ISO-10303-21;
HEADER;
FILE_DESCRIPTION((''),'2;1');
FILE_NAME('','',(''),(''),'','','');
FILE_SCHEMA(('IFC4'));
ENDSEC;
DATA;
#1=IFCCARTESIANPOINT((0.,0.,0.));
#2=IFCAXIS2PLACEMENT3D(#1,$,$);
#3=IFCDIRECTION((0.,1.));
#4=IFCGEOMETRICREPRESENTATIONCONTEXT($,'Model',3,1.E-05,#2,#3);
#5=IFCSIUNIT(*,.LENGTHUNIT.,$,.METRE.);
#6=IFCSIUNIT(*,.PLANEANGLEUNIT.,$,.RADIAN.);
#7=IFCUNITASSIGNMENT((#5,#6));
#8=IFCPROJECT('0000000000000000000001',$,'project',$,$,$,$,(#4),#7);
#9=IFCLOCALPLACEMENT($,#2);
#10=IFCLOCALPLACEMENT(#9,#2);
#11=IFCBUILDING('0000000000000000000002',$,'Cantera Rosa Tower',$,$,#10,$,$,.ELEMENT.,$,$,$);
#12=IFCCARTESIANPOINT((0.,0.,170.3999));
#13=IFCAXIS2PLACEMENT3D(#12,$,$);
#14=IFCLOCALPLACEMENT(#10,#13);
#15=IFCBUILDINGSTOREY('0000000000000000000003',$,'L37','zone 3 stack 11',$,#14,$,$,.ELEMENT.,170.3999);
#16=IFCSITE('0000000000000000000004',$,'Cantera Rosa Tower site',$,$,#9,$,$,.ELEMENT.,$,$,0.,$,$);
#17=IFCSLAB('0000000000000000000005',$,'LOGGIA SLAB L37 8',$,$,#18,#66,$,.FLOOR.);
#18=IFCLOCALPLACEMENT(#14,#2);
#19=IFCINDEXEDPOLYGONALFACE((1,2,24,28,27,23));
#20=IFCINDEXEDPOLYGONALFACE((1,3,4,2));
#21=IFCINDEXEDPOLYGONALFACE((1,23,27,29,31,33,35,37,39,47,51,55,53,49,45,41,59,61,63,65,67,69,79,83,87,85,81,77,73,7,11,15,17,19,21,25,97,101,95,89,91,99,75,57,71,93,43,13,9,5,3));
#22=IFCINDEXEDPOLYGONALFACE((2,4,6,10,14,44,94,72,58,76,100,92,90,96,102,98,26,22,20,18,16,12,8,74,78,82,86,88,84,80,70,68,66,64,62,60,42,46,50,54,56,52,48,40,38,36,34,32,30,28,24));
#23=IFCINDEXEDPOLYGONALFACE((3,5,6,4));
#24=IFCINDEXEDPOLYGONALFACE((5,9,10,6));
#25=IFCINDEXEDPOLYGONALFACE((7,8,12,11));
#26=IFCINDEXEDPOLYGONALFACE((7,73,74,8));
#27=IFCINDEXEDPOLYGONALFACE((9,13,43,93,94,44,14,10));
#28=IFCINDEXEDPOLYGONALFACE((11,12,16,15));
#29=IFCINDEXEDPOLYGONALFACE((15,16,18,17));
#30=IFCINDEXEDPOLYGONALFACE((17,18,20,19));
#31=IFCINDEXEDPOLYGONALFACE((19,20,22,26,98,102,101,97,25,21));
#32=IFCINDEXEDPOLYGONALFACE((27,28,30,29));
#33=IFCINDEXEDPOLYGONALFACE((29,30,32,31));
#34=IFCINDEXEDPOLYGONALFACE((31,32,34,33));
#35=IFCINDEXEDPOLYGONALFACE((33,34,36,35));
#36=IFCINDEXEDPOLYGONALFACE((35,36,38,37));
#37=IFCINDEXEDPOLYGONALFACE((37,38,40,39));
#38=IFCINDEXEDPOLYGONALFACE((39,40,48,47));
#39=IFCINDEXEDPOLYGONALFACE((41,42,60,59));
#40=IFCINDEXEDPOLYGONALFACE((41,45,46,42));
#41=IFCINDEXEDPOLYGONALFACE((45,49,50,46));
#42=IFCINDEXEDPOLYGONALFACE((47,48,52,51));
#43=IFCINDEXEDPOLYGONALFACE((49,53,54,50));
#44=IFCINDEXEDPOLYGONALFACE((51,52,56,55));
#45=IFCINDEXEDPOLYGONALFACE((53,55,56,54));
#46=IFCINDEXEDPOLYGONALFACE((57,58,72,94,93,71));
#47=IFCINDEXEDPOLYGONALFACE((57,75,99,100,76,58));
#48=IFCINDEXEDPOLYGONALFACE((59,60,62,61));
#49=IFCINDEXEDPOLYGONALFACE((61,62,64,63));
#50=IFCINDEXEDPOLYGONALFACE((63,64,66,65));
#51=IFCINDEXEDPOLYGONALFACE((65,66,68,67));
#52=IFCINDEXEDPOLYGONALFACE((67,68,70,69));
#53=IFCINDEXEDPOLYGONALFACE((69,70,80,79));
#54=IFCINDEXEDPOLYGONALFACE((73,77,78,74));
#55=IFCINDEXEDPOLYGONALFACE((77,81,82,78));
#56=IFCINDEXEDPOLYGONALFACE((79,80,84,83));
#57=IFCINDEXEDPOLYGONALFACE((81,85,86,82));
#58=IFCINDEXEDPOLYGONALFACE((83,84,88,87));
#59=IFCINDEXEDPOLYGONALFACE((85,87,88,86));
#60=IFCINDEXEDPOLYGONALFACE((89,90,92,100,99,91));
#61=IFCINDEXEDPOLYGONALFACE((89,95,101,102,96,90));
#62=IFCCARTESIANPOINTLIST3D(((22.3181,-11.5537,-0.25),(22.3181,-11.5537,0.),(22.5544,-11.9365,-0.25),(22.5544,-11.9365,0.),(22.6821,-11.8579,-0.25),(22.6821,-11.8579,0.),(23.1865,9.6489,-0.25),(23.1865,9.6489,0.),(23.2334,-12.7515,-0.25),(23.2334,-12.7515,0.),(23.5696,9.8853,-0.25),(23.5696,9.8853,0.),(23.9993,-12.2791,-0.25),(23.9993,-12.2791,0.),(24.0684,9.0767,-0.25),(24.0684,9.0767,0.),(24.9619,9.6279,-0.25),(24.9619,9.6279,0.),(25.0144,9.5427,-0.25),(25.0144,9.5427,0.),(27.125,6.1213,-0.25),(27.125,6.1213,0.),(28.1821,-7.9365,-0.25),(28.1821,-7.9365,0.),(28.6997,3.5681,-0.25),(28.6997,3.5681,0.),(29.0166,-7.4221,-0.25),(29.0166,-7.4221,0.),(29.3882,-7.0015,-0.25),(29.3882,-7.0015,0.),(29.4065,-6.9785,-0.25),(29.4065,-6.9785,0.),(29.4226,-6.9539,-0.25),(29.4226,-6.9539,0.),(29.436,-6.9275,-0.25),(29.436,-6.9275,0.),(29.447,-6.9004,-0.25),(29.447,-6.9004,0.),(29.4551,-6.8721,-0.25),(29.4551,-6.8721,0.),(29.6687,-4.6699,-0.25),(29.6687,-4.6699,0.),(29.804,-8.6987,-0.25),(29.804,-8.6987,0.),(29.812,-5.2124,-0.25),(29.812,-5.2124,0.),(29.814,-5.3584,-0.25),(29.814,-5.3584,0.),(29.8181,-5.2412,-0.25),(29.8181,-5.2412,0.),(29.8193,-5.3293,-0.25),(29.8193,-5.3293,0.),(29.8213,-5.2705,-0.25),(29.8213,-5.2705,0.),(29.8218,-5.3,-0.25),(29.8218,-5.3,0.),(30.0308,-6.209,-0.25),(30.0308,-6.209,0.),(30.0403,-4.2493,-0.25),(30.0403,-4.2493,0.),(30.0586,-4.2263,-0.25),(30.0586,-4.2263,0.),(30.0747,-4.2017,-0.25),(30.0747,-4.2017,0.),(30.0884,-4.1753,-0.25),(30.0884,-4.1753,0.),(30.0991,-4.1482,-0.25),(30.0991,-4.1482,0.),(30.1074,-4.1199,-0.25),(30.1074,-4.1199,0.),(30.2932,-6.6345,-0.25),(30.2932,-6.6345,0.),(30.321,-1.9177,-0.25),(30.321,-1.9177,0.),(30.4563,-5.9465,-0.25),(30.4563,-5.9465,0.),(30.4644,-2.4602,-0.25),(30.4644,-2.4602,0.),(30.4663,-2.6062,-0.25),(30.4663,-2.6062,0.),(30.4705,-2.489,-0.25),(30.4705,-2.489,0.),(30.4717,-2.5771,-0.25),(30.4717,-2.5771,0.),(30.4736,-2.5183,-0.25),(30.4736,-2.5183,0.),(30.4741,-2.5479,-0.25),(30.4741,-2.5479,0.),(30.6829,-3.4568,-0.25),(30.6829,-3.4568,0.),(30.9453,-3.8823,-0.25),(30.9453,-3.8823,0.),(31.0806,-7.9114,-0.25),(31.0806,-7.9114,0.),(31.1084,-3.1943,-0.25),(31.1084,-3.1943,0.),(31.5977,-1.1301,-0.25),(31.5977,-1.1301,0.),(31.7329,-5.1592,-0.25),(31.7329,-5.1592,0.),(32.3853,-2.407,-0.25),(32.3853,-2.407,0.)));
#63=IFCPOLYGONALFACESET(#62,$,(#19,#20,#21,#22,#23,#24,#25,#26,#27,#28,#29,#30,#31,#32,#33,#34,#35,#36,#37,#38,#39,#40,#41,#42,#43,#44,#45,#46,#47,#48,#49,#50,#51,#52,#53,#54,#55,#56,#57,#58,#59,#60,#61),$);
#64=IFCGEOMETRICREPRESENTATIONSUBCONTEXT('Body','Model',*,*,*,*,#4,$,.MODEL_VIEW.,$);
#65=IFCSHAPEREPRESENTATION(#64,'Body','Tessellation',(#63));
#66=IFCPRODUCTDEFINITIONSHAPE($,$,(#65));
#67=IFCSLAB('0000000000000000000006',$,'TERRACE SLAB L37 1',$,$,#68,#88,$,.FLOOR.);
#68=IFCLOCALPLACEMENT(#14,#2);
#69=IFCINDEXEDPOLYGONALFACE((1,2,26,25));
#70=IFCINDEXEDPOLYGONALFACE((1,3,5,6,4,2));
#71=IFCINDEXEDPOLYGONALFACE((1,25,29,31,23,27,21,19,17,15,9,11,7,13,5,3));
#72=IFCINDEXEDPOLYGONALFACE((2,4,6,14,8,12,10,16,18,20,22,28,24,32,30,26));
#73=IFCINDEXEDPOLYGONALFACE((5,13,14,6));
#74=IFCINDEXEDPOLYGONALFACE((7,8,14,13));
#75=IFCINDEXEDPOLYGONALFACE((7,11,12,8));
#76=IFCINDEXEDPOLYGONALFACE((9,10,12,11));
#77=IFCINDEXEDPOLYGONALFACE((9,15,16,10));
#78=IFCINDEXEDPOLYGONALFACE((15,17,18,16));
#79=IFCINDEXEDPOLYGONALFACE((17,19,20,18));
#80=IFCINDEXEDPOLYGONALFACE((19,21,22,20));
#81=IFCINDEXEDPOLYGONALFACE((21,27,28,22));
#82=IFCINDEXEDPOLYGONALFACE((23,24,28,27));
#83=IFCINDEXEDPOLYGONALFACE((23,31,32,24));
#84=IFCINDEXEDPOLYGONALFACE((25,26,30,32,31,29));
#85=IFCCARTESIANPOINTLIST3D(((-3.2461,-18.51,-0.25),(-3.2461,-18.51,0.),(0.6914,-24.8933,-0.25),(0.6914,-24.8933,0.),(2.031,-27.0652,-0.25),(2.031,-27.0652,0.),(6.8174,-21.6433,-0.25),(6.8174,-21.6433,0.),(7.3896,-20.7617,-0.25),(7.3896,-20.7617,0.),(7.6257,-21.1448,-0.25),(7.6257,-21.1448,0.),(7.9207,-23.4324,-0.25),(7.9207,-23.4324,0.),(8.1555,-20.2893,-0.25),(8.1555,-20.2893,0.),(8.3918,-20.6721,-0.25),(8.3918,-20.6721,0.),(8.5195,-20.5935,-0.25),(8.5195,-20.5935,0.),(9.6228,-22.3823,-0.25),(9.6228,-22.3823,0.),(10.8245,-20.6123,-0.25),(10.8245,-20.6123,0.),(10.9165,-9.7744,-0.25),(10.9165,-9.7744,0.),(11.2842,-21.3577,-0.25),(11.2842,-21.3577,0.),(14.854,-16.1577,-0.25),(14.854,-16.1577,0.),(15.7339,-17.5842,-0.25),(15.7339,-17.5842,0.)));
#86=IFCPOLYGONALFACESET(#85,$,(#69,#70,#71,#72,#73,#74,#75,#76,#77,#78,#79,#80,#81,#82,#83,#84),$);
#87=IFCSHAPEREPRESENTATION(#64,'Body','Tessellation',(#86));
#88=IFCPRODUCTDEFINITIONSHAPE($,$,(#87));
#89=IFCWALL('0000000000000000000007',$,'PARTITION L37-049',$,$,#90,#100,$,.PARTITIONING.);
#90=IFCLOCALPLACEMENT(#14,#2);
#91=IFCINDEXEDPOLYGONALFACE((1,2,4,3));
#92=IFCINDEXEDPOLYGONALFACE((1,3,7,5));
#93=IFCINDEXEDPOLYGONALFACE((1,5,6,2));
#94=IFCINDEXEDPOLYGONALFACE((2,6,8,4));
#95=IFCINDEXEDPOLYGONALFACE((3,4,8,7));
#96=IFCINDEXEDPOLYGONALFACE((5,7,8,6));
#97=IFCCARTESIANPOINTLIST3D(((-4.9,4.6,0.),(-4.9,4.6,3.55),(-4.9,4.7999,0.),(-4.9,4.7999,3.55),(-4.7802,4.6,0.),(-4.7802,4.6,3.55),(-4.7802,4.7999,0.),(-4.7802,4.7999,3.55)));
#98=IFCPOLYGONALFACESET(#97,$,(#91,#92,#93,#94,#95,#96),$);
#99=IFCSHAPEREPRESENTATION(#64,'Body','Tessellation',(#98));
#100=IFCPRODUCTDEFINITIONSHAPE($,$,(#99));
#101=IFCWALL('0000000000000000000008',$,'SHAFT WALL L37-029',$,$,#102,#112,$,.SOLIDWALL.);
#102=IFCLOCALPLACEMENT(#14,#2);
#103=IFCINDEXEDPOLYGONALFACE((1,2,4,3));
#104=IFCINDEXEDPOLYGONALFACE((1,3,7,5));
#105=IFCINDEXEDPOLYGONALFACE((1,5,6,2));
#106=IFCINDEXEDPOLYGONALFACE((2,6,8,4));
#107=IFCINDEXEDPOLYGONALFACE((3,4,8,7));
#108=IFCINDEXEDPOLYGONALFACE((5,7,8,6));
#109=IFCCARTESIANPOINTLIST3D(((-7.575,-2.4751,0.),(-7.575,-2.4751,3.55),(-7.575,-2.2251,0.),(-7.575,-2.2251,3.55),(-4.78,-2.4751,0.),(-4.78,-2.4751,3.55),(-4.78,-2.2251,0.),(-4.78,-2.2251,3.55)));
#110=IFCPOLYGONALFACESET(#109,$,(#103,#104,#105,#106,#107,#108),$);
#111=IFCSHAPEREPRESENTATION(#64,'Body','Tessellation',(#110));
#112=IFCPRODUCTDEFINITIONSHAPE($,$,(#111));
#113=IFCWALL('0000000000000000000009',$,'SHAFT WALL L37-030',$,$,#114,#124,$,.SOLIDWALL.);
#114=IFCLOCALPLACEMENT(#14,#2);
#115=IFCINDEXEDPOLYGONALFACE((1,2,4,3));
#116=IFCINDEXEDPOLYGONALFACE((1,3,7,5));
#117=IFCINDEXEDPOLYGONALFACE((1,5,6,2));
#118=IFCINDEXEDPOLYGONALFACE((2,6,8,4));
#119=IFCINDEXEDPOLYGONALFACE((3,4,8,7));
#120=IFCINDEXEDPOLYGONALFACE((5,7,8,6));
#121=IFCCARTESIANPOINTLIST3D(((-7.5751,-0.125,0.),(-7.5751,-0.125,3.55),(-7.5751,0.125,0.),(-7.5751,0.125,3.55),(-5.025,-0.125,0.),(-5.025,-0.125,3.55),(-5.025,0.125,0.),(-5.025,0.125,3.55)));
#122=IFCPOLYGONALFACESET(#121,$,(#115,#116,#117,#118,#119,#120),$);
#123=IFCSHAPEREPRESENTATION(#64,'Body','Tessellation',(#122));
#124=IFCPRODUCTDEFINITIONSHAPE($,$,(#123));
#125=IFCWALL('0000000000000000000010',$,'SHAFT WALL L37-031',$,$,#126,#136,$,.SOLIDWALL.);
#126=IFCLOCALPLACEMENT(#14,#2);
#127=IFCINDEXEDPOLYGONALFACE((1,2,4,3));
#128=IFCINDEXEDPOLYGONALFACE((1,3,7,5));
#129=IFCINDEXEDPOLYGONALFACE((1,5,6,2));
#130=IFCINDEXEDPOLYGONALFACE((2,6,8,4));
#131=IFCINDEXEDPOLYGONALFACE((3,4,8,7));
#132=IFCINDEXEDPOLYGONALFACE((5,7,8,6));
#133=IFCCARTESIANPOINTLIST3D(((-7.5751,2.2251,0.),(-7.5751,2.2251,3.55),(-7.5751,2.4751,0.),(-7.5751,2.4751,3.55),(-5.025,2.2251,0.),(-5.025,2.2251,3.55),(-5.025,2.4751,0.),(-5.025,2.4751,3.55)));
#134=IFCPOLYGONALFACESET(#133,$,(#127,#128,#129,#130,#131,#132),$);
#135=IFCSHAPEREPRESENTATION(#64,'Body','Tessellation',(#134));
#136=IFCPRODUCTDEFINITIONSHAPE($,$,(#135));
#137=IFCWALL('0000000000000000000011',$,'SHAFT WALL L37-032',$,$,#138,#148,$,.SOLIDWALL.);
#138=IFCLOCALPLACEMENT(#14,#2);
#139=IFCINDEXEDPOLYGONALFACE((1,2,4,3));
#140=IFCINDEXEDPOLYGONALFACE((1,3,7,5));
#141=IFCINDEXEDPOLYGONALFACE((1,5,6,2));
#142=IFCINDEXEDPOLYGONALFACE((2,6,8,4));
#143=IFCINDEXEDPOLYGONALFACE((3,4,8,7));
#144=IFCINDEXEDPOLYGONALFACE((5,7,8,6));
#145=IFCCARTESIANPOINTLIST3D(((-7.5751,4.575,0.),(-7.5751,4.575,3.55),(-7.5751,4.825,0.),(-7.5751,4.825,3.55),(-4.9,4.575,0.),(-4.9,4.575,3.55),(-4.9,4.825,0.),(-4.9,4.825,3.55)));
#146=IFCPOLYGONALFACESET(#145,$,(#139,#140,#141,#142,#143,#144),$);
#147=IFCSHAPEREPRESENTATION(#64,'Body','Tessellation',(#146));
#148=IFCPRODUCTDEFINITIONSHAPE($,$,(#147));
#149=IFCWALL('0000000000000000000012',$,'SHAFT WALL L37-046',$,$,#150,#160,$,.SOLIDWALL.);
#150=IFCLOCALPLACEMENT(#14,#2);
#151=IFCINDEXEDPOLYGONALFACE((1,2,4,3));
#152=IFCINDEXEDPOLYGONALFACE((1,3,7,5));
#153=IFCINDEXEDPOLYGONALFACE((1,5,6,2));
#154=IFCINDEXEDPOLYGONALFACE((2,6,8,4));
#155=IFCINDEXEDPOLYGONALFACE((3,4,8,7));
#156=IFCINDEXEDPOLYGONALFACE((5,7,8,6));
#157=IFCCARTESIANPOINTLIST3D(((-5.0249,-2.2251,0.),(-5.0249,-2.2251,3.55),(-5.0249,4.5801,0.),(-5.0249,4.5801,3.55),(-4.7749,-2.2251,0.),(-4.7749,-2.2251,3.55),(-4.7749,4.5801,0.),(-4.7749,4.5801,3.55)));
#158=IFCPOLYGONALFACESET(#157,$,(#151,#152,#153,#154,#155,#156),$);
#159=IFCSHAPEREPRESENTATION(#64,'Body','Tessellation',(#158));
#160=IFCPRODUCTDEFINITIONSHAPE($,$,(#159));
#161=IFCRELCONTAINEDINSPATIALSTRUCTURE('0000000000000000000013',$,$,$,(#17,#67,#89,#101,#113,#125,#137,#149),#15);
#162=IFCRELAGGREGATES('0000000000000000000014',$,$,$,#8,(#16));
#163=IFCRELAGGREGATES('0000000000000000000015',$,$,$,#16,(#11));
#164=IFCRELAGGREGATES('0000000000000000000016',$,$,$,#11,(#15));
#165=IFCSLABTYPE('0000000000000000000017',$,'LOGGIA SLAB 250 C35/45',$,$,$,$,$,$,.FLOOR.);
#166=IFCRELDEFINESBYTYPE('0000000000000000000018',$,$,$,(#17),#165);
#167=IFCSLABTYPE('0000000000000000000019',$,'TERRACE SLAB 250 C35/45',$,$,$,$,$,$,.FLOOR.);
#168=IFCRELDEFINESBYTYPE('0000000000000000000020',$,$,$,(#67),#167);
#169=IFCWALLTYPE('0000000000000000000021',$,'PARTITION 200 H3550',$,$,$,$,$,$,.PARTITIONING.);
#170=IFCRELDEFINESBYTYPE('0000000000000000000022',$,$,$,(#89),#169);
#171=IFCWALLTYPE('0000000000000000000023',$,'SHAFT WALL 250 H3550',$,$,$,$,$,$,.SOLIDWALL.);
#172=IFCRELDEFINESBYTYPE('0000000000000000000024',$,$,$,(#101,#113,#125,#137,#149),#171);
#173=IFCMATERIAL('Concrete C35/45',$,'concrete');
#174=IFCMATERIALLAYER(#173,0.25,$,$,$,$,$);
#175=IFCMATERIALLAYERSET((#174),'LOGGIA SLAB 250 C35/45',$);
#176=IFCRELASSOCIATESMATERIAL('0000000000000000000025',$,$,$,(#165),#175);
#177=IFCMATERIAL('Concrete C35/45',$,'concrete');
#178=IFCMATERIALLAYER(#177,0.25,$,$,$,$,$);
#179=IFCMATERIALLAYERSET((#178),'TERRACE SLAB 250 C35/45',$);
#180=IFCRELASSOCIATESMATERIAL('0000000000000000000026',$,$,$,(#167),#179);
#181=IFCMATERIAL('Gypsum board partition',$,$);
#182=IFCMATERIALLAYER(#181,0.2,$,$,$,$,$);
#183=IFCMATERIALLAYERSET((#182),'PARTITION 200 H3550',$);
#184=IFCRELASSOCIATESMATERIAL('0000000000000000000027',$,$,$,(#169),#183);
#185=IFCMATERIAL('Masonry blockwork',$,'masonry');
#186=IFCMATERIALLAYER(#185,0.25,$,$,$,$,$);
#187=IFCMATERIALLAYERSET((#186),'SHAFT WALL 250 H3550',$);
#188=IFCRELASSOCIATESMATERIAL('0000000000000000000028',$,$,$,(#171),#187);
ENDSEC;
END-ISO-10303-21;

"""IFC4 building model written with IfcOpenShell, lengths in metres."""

from ifc_helpers import new_model, si_unit, direction, frame, frame_2d, origin, place, context, subcontext, project, spatial, polyline, rectangle, outline, extrude, material, layer, layer_set, type_object, element, save


model = new_model("IFC4")

# Units and contexts
model_context = context("Model", 3, precision=1e-05, world=origin(), true_north=direction((0.0, 1.0)))
body_context = subcontext(model_context, "Body", "Model", "MODEL_VIEW")
ifc_project = project(units=[si_unit("LENGTHUNIT", "METRE"), si_unit("PLANEANGLEUNIT", "RADIAN")], contexts=[model_context])

# Site, building, storey
site_placement = place(None, origin())
site = spatial("IfcSite", under=ifc_project, at=site_placement, Name="Cantera Rosa Tower site", CompositionType="ELEMENT", RefElevation=0.0)
building_placement = place(site_placement, origin())
building = spatial("IfcBuilding", under=site, at=building_placement, Name="Cantera Rosa Tower", CompositionType="ELEMENT")
storey_placement = place(building_placement, frame((0.0, 0.0, 170.3999)))
storey = spatial("IfcBuildingStorey", under=building, at=storey_placement, Name="L37", Description="zone 3 stack 11", CompositionType="ELEMENT", Elevation=170.3999)

# Slabs
ifc_material_1 = material(Name="Concrete C35/45", Category="concrete")
ifc_layer_1 = layer(ifc_material_1, 0.25)
ifc_layer_set_1 = layer_set([ifc_layer_1], Name="LOGGIA SLAB 250 C35/45")
slab_type_1 = type_object("IfcSlabType", Name="LOGGIA SLAB 250 C35/45", PredefinedType="FLOOR", material=ifc_layer_set_1)
slab_1_placement = place(storey_placement, frame((0.0, 0.0, -0.25)))
element("IfcSlab", 1, at=slab_1_placement, inside=storey, type_object=slab_type_1, Name="LOGGIA SLAB L37 8", PredefinedType="FLOOR", context=body_context, shape_type="SweptSolid", body=[
    extrude(outline(polyline([(31.1084, -3.1943), (30.6829, -3.4568), (30.9453, -3.8823), (31.7329, -5.1592), (30.4563, -5.9465), (30.0308, -6.209), (30.2932, -6.6345), (31.0806, -7.9114), (29.804, -8.6987), (23.9993, -12.2791), (23.2334, -12.7515), (22.6821, -11.8579), (22.5544, -11.9365), (22.3181, -11.5537), (28.1821, -7.9365), (29.0166, -7.4221), (29.3882, -7.0015), (29.4065, -6.9785), (29.4226, -6.9539), (29.436, -6.9275), (29.447, -6.9004), (29.4551, -6.8721), (29.814, -5.3584), (29.8193, -5.3293), (29.8218, -5.3), (29.8213, -5.2705), (29.8181, -5.2412), (29.812, -5.2124), (29.6687, -4.6699), (30.0403, -4.2493), (30.0586, -4.2263), (30.0747, -4.2017), (30.0884, -4.1753), (30.0991, -4.1482), (30.1074, -4.1199), (30.4663, -2.6062), (30.4717, -2.5771), (30.4741, -2.5479), (30.4736, -2.5183), (30.4705, -2.489), (30.4644, -2.4602), (30.321, -1.9177), (23.1865, 9.6489), (23.5696, 9.8853), (24.0684, 9.0767), (24.9619, 9.6279), (25.0144, 9.5427), (27.125, 6.1213), (28.6997, 3.5681), (31.5977, -1.1301), (32.3853, -2.407), (31.1084, -3.1943)])), origin(), (0.0, 0.0, 1.0), 0.25),
])
ifc_material_2 = material(Name="Concrete C35/45", Category="concrete")
ifc_layer_2 = layer(ifc_material_2, 0.25)
ifc_layer_set_2 = layer_set([ifc_layer_2], Name="TERRACE SLAB 250 C35/45")
slab_type_2 = type_object("IfcSlabType", Name="TERRACE SLAB 250 C35/45", PredefinedType="FLOOR", material=ifc_layer_set_2)
slab_2_placement = place(storey_placement, frame((0.0, 0.0, -0.25)))
element("IfcSlab", 2, at=slab_2_placement, inside=storey, type_object=slab_type_2, Name="TERRACE SLAB L37 1", PredefinedType="FLOOR", context=body_context, shape_type="SweptSolid", body=[
    extrude(outline(polyline([(2.031, -27.0652), (0.6914, -24.8933), (-3.2461, -18.51), (10.9165, -9.7744), (14.854, -16.1577), (15.7339, -17.5842), (10.8245, -20.6123), (11.2842, -21.3577), (9.6228, -22.3823), (8.5195, -20.5935), (8.3918, -20.6721), (8.1555, -20.2893), (7.3896, -20.7617), (7.6257, -21.1448), (6.8174, -21.6433), (7.9207, -23.4324), (2.031, -27.0652)])), origin(), (0.0, 0.0, 1.0), 0.25),
])

# Walls
ifc_material_3 = material(Name="Gypsum board partition")
ifc_layer_3 = layer(ifc_material_3, 0.2)
ifc_layer_set_3 = layer_set([ifc_layer_3], Name="PARTITION 200 H3550")
wall_type_1 = type_object("IfcWallType", Name="PARTITION 200 H3550", PredefinedType="PARTITIONING", material=ifc_layer_set_3)
wall_1_placement = place(storey_placement, frame((-4.78, 4.7, 0.0), z_axis=(0.0, 0.0, 1.0), x_axis=(-1.0, 0.0, 0.0)))
element("IfcWall", 3, at=wall_1_placement, inside=storey, type_object=wall_type_1, Name="PARTITION L37-049", PredefinedType="PARTITIONING", context=body_context, shape_type="SweptSolid", body=[
    extrude(rectangle(XDim=0.1199, YDim=0.2, at=frame_2d((0.0601, 0.0))), origin(), (0.0, 0.0, 1.0), 3.55),
])
ifc_material_4 = material(Name="Masonry blockwork", Category="masonry")
ifc_layer_4 = layer(ifc_material_4, 0.25)
ifc_layer_set_4 = layer_set([ifc_layer_4], Name="SHAFT WALL 250 H3550")
wall_type_2 = type_object("IfcWallType", Name="SHAFT WALL 250 H3550", PredefinedType="SOLIDWALL", material=ifc_layer_set_4)
wall_2_placement = place(storey_placement, frame((-7.575, -2.3501, 0.0), z_axis=(0.0, 0.0, 1.0), x_axis=(1.0, 0.0, 0.0)))
element("IfcWall", 4, at=wall_2_placement, inside=storey, type_object=wall_type_2, Name="SHAFT WALL L37-029", PredefinedType="SOLIDWALL", context=body_context, shape_type="SweptSolid", body=[
    extrude(rectangle(XDim=2.7949, YDim=0.25, at=frame_2d((1.3975, 0.0))), origin(), (0.0, 0.0, 1.0), 3.55),
])
for number, where, z_axis, x_axis, name in (
    (5, (-7.575, 0.0, 0.0), (0.0, 0.0, 1.0), (1.0, 0.0, 0.0), "SHAFT WALL L37-030"),
    (6, (-7.575, 2.3501, 0.0), (0.0, 0.0, 1.0), (1.0, 0.0, 0.0), "SHAFT WALL L37-031"),
):
    element("IfcWall", number, at=place(storey_placement, frame(where, z_axis=z_axis, x_axis=x_axis)), inside=storey, type_object=wall_type_2, Name=name, PredefinedType="SOLIDWALL", context=body_context, shape_type="SweptSolid", body=[
        extrude(rectangle(XDim=2.55, YDim=0.25, at=frame_2d((1.2749, 0.0))), origin(), (0.0, 0.0, 1.0), 3.55),
    ])
wall_3_placement = place(storey_placement, frame((-7.575, 4.7, 0.0), z_axis=(0.0, 0.0, 1.0), x_axis=(1.0, 0.0, 0.0)))
element("IfcWall", 7, at=wall_3_placement, inside=storey, type_object=wall_type_2, Name="SHAFT WALL L37-032", PredefinedType="SOLIDWALL", context=body_context, shape_type="SweptSolid", body=[
    extrude(rectangle(XDim=2.675, YDim=0.25, at=frame_2d((1.3374, 0.0))), origin(), (0.0, 0.0, 1.0), 3.55),
])
wall_4_placement = place(storey_placement, frame((-4.8999, 4.5801, 0.0), z_axis=(0.0, 0.0, 1.0), x_axis=(0.0, -1.0, 0.0)))
element("IfcWall", 8, at=wall_4_placement, inside=storey, type_object=wall_type_2, Name="SHAFT WALL L37-046", PredefinedType="SOLIDWALL", context=body_context, shape_type="SweptSolid", body=[
    extrude(rectangle(XDim=6.8052, YDim=0.25, at=frame_2d((3.4026, 0.0))), origin(), (0.0, 0.0, 1.0), 3.55),
])

save(model, "model.ifc")
